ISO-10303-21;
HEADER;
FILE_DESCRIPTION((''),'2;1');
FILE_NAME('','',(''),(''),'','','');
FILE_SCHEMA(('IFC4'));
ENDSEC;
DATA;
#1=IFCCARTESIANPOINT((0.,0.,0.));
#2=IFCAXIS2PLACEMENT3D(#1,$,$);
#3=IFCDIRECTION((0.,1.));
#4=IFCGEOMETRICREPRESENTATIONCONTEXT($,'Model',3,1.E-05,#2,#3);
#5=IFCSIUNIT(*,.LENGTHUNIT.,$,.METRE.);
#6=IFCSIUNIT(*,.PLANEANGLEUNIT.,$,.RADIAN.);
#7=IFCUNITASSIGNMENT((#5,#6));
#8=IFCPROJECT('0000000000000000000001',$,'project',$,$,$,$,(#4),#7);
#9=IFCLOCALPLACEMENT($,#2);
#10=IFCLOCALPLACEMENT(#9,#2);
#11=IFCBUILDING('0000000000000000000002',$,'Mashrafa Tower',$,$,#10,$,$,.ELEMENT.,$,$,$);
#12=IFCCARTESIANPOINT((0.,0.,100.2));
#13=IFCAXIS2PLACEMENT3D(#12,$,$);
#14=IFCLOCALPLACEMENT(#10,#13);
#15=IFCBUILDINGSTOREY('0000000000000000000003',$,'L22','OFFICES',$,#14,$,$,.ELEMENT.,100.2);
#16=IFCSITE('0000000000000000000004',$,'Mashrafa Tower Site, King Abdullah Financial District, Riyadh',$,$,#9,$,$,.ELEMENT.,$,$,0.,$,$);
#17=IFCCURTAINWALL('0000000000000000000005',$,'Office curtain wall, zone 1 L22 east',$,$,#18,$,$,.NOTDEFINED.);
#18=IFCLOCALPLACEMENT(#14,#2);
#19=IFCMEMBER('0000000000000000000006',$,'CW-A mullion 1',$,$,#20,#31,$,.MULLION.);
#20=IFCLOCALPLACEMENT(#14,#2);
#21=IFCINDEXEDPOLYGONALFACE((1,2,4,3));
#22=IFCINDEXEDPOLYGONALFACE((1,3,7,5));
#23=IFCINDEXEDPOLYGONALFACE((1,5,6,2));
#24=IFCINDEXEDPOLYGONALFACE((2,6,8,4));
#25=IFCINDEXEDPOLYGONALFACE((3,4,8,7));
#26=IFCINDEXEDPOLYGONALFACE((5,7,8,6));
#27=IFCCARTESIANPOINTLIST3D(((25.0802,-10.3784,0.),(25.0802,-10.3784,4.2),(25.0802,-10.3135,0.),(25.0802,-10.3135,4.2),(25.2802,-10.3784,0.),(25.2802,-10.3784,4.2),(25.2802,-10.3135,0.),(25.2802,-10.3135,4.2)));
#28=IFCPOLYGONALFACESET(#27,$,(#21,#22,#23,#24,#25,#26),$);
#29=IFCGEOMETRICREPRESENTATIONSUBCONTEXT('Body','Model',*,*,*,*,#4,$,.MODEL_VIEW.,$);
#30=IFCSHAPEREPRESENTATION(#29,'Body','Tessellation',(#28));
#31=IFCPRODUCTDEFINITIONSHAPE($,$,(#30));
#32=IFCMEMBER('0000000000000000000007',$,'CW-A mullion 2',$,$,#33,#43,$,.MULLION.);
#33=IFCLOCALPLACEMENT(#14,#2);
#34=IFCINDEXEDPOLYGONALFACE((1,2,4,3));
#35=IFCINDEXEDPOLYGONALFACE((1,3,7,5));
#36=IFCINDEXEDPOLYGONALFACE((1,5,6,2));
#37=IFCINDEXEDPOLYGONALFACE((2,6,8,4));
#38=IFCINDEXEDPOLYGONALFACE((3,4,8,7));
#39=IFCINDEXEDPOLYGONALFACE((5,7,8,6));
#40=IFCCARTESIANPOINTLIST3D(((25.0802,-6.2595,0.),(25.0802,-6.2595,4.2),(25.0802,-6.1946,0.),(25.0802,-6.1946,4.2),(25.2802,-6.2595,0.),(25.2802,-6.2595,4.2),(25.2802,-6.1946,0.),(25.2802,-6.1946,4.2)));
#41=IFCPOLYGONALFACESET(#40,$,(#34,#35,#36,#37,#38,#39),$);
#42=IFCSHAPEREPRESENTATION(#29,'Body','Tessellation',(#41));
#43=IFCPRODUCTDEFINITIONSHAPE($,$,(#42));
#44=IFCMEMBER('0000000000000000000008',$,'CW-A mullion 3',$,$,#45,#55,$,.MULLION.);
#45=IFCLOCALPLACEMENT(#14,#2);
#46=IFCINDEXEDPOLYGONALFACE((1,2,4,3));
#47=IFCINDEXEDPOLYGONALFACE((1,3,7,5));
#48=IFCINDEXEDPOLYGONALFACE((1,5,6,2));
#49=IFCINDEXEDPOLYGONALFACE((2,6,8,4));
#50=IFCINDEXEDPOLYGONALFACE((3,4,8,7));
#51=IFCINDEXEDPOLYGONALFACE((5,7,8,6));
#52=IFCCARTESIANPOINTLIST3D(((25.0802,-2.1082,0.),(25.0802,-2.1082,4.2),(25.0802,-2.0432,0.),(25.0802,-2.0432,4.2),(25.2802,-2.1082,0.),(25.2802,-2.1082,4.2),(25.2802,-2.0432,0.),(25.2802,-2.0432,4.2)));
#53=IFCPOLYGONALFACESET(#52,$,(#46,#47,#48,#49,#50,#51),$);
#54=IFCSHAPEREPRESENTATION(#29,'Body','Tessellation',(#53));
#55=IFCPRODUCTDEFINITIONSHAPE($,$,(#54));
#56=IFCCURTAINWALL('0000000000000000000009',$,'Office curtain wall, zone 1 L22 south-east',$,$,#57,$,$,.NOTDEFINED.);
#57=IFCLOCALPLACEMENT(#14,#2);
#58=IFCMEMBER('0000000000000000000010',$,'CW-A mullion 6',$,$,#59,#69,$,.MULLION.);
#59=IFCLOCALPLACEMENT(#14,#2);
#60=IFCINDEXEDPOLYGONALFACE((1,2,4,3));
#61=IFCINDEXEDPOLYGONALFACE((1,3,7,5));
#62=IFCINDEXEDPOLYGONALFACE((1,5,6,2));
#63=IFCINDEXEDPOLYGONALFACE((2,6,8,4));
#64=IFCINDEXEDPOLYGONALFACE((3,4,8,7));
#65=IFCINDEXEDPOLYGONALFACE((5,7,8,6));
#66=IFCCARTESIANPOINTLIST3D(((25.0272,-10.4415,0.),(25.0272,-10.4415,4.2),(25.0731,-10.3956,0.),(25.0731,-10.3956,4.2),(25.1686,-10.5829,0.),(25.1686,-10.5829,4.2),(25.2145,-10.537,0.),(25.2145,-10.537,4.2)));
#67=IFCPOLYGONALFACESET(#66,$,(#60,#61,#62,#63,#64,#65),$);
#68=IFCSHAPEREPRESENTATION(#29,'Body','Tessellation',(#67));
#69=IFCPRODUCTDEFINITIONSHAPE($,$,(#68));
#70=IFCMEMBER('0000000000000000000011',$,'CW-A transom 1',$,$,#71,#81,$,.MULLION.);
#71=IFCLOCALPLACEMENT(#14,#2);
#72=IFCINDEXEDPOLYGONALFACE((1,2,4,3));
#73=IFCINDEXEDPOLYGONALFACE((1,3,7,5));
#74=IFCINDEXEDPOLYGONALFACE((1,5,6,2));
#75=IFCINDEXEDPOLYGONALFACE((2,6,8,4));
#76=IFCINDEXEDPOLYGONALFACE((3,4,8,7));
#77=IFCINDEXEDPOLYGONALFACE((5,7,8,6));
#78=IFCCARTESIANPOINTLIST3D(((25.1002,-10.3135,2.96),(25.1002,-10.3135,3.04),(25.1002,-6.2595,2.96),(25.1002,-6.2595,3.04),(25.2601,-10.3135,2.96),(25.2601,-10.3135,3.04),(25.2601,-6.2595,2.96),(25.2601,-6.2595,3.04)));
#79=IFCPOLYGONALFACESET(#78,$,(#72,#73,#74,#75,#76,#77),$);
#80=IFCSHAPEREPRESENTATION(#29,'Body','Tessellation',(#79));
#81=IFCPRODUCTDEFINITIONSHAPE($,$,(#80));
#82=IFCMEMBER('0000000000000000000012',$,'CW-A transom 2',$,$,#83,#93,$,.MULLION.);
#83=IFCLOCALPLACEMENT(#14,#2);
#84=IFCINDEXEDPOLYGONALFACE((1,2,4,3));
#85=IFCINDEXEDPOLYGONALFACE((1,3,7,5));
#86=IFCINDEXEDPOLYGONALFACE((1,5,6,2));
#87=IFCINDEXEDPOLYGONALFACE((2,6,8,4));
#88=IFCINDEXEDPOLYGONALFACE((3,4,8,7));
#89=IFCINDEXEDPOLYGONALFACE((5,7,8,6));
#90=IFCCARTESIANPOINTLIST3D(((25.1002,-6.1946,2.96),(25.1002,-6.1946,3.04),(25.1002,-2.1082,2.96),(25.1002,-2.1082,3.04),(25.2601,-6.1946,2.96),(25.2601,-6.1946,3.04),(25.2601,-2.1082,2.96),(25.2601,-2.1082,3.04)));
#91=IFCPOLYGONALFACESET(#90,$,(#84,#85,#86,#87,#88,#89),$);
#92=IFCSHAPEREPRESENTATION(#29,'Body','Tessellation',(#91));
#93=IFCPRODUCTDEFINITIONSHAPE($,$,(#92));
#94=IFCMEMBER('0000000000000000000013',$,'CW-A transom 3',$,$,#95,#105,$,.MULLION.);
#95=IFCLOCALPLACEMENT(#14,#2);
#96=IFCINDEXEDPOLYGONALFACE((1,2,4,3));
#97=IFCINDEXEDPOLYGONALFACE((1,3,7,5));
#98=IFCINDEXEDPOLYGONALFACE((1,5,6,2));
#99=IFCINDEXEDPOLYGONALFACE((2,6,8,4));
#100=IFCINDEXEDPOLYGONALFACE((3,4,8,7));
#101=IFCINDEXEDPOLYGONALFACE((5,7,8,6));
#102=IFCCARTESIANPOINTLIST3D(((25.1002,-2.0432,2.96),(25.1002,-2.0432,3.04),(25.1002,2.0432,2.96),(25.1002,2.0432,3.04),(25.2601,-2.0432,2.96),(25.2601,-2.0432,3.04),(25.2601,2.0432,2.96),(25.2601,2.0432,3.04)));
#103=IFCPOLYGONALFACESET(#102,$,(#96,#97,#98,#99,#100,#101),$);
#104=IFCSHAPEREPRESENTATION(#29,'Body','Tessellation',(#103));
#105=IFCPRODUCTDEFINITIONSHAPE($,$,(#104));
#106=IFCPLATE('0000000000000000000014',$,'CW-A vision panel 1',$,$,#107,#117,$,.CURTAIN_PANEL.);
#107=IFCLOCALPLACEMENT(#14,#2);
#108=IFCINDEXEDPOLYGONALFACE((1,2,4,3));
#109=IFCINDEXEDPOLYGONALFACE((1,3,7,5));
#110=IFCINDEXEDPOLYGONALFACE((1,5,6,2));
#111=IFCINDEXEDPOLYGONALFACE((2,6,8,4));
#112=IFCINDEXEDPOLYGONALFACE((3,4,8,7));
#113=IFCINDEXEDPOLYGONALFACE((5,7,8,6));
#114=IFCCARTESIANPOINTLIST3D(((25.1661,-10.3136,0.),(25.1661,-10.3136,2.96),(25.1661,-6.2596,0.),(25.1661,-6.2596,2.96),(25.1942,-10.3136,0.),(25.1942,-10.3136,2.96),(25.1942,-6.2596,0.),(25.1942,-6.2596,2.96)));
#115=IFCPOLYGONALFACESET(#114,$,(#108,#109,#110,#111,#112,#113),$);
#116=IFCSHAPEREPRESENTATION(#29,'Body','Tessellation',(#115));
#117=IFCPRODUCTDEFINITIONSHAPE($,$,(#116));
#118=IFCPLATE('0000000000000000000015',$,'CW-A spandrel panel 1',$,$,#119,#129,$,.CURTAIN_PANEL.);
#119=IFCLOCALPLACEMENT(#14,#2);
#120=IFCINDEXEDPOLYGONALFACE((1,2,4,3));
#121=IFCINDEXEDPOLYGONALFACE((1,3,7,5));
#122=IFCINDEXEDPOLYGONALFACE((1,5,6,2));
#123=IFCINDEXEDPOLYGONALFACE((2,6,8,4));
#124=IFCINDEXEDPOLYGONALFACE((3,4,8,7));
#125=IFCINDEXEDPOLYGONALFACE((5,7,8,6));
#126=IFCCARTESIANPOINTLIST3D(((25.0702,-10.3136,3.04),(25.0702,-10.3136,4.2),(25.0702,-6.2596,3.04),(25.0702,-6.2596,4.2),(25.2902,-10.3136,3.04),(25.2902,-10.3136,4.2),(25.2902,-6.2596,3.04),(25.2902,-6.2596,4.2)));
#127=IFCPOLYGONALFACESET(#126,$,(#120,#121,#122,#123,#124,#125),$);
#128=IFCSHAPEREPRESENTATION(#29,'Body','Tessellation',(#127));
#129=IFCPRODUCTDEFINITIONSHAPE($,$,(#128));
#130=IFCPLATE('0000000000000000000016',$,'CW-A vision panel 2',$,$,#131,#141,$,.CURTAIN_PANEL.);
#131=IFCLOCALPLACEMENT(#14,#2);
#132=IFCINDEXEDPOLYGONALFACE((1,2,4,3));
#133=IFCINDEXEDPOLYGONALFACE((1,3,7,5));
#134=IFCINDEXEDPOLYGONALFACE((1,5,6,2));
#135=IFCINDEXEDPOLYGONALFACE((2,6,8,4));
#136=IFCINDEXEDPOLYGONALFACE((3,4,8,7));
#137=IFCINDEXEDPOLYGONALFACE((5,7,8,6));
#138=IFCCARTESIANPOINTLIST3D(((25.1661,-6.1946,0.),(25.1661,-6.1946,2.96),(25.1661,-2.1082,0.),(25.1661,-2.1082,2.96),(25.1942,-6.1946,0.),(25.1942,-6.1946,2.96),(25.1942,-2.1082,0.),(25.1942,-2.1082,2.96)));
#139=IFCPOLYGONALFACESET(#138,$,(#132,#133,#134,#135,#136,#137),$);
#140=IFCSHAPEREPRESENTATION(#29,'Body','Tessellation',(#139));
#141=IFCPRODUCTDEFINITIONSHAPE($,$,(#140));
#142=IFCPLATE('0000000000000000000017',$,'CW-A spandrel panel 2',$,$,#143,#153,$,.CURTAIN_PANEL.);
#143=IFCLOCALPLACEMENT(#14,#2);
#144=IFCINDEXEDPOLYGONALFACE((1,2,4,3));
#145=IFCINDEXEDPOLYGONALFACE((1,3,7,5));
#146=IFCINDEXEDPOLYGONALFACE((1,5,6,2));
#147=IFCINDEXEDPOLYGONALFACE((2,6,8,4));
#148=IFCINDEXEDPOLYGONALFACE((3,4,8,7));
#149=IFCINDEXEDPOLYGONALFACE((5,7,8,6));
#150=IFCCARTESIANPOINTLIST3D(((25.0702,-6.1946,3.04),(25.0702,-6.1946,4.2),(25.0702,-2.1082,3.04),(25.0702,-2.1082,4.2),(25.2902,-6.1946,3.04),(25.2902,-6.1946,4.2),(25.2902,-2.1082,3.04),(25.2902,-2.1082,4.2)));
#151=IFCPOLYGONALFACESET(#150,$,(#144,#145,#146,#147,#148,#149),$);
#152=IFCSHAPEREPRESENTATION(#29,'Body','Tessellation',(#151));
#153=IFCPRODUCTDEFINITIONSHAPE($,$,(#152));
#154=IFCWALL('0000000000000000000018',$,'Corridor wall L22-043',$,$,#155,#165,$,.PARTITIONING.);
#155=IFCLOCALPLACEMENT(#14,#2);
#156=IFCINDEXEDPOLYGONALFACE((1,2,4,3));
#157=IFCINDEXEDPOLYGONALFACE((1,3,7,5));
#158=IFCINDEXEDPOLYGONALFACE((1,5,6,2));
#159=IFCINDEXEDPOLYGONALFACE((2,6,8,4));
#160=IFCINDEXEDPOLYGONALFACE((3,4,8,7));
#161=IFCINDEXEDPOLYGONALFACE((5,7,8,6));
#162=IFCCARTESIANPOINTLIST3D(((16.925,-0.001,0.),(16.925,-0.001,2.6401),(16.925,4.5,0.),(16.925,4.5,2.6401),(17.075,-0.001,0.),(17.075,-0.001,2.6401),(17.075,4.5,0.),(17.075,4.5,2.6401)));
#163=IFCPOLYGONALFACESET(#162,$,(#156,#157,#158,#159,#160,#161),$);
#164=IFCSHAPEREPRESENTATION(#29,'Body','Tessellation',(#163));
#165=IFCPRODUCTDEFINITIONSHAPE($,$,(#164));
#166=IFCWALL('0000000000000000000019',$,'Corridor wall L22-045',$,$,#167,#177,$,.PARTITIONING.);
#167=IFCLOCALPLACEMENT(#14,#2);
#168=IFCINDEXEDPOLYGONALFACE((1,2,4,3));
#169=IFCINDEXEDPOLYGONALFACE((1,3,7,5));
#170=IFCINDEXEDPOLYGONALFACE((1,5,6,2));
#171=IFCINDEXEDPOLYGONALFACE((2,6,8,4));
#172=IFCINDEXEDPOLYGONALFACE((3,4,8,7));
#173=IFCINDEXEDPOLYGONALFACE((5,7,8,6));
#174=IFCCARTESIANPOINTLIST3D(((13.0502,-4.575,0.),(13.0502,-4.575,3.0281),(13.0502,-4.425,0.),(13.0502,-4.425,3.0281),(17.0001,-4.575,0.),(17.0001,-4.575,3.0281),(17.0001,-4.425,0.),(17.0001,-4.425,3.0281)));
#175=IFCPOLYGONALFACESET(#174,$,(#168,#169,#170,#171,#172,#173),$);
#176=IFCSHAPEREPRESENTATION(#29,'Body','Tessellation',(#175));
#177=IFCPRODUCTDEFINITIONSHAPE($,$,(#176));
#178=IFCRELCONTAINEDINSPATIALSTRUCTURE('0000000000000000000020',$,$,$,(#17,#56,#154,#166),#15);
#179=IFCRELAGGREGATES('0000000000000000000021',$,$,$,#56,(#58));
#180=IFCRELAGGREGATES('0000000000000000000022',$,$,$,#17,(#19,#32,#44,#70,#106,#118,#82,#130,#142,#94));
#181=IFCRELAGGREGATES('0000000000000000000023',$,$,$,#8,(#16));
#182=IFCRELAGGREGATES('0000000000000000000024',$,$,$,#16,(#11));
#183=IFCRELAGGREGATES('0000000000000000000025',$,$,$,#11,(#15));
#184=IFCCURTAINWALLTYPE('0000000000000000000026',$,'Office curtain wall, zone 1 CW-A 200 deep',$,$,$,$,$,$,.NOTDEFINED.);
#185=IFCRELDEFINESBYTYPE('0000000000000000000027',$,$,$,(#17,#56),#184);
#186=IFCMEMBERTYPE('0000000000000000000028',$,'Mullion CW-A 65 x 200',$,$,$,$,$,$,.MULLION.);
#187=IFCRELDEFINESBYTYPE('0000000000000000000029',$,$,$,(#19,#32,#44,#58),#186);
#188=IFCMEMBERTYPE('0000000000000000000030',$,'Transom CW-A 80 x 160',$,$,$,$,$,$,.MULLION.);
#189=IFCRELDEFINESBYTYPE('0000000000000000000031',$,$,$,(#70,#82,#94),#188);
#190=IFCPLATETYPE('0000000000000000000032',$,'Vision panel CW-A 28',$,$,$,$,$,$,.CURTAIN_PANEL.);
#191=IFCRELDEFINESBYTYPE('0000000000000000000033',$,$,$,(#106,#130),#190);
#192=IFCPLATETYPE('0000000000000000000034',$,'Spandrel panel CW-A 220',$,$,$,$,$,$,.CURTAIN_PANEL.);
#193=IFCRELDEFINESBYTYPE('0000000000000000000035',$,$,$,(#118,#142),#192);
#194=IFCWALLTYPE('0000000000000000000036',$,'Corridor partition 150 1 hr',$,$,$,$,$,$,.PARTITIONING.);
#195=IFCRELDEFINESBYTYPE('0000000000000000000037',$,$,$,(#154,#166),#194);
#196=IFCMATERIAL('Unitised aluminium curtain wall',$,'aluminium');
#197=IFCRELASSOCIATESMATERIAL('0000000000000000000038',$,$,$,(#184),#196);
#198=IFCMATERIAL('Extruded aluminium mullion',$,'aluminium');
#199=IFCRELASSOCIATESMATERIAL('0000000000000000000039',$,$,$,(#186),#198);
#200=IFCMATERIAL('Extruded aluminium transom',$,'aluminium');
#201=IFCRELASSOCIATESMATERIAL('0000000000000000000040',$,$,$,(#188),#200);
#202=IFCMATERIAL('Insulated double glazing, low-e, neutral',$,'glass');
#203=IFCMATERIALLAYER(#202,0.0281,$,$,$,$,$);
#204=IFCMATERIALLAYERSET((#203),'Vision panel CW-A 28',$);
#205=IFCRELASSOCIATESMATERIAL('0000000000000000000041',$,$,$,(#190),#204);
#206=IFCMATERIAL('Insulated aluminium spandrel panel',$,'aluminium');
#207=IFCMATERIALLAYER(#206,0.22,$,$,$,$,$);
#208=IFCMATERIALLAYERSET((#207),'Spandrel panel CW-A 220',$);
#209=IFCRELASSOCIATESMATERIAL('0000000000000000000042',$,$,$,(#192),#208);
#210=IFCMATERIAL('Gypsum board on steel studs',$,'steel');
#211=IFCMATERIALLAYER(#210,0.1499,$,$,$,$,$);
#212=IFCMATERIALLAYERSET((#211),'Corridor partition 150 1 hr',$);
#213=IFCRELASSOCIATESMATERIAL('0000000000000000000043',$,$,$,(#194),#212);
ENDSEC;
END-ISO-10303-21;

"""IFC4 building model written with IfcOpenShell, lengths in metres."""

from ifc_helpers import new_model, si_unit, direction, frame, frame_2d, origin, origin_2d, place, context, subcontext, project, spatial, rectangle, extrude, source, transform, mapped, material, layer, layer_set, material_profile, profile_set, type_object, type_shapes, element, aggregate, save


model = new_model("IFC4")

# Units and contexts
model_context = context("Model", 3, precision=1e-05, world=origin(), true_north=direction((0.0, 1.0)))
body_context = subcontext(model_context, "Body", "Model", "MODEL_VIEW")
ifc_project = project(units=[si_unit("LENGTHUNIT", "METRE"), si_unit("PLANEANGLEUNIT", "RADIAN")], contexts=[model_context])

# Site, building, storey
site_placement = place(None, origin())
site = spatial("IfcSite", under=ifc_project, at=site_placement, Name="Mashrafa Tower Site, King Abdullah Financial District, Riyadh", CompositionType="ELEMENT", RefElevation=0.0)
building_placement = place(site_placement, origin())
building = spatial("IfcBuilding", under=site, at=building_placement, Name="Mashrafa Tower", CompositionType="ELEMENT")
storey_placement = place(building_placement, frame((0.0, 0.0, 100.2)))
storey = spatial("IfcBuildingStorey", under=building, at=storey_placement, Name="L22", Description="OFFICES", CompositionType="ELEMENT", Elevation=100.2)

# Curtain wall, members
ifc_material_1 = material(Name="Unitised aluminium curtain wall", Category="aluminium")
curtain_wall_type = type_object("IfcCurtainWallType", Name="Office curtain wall, zone 1 CW-A 200 deep", PredefinedType="NOTDEFINED", material=ifc_material_1)
curtain_wall_1_placement = place(storey_placement, origin())
curtain_wall_1 = element("IfcCurtainWall", 1, at=curtain_wall_1_placement, inside=storey, type_object=curtain_wall_type, Name="Office curtain wall, zone 1 L22 east", PredefinedType="NOTDEFINED")
ifc_material_2 = material(Name="Extruded aluminium mullion", Category="aluminium")
ifc_material_profile_1 = material_profile(ifc_material_2, rectangle(XDim=0.2, YDim=0.0649, at=origin_2d()), Name="Mullion 65x200")
ifc_profile_set_1 = profile_set([ifc_material_profile_1], Name="Extruded aluminium mullion")
member_type_1 = type_object("IfcMemberType", Name="Mullion CW-A 65 x 200", PredefinedType="MULLION", material=ifc_profile_set_1)
shared_shape_1 = source(origin(), body_context, "Body", "SweptSolid", [
    extrude(rectangle(XDim=0.2, YDim=0.0649, at=origin_2d()), origin(), (0.0, 0.0, 1.0), 4.2),
])
type_shapes(member_type_1, [shared_shape_1])
member_1_placement = place(storey_placement, frame((25.1802, -10.3459, 0.0), z_axis=(0.0, 0.0, 1.0), x_axis=(-1.0, 0.0, 0.0)))
member_1 = element("IfcMember", 2, at=member_1_placement, type_object=member_type_1, Name="CW-A mullion 1", PredefinedType="MULLION", context=body_context, shape_type="MappedRepresentation", body=[
    mapped(shared_shape_1, transform((0.0, 0.0, 0.0))),
])
member_2_placement = place(storey_placement, frame((25.1802, -6.2271, 0.0), z_axis=(0.0, 0.0, 1.0), x_axis=(-1.0, 0.0, 0.0)))
member_2 = element("IfcMember", 3, at=member_2_placement, type_object=member_type_1, Name="CW-A mullion 2", PredefinedType="MULLION", context=body_context, shape_type="MappedRepresentation", body=[
    mapped(shared_shape_1, transform((0.0, 0.0, 0.0))),
])
member_3_placement = place(storey_placement, frame((25.1802, -2.0757, 0.0), z_axis=(0.0, 0.0, 1.0), x_axis=(-1.0, 0.0, 0.0)))
member_3 = element("IfcMember", 4, at=member_3_placement, type_object=member_type_1, Name="CW-A mullion 3", PredefinedType="MULLION", context=body_context, shape_type="MappedRepresentation", body=[
    mapped(shared_shape_1, transform((0.0, 0.0, 0.0))),
])

# Curtain wall, member
curtain_wall_2_placement = place(storey_placement, origin())
curtain_wall_2 = element("IfcCurtainWall", 5, at=curtain_wall_2_placement, inside=storey, type_object=curtain_wall_type, Name="Office curtain wall, zone 1 L22 south-east", PredefinedType="NOTDEFINED")
member_4_placement = place(storey_placement, frame((25.1208, -10.4893, 0.0), z_axis=(0.0, 0.0, 1.0), x_axis=(-0.707107, 0.707107, 0.0)))
member_4 = element("IfcMember", 6, at=member_4_placement, type_object=member_type_1, Name="CW-A mullion 6", PredefinedType="MULLION", context=body_context, shape_type="MappedRepresentation", body=[
    mapped(shared_shape_1, transform((0.0, 0.0, 0.0))),
])
aggregate(curtain_wall_2, [member_4])

# Members
ifc_material_3 = material(Name="Extruded aluminium transom", Category="aluminium")
ifc_material_profile_2 = material_profile(ifc_material_3, rectangle(XDim=0.1599, YDim=0.0801, at=origin_2d()), Name="Transom 80x160")
ifc_profile_set_2 = profile_set([ifc_material_profile_2], Name="Extruded aluminium transom")
member_type_2 = type_object("IfcMemberType", Name="Transom CW-A 80 x 160", PredefinedType="MULLION", material=ifc_profile_set_2)
shared_shape_2 = source(origin(), body_context, "Body", "SweptSolid", [
    extrude(rectangle(XDim=0.1599, YDim=0.0801, at=origin_2d()), origin(), (0.0, 0.0, 1.0), 4.054),
])
member_5_placement = place(storey_placement, frame((25.1802, -10.3135, 3.0), z_axis=(0.0, 1.0, 0.0), x_axis=(-1.0, 0.0, 0.0)))
member_5 = element("IfcMember", 7, at=member_5_placement, type_object=member_type_2, Name="CW-A transom 1", PredefinedType="MULLION", context=body_context, shape_type="MappedRepresentation", body=[
    mapped(shared_shape_2, transform((0.0, 0.0, 0.0))),
])
shared_shape_3 = source(origin(), body_context, "Body", "SweptSolid", [
    extrude(rectangle(XDim=0.1599, YDim=0.0801, at=origin_2d()), origin(), (0.0, 0.0, 1.0), 4.0864),
])
type_shapes(member_type_2, [shared_shape_2, shared_shape_3])
member_6_placement = place(storey_placement, frame((25.1802, -6.1946, 3.0), z_axis=(0.0, 1.0, 0.0), x_axis=(-1.0, 0.0, 0.0)))
member_6 = element("IfcMember", 8, at=member_6_placement, type_object=member_type_2, Name="CW-A transom 2", PredefinedType="MULLION", context=body_context, shape_type="MappedRepresentation", body=[
    mapped(shared_shape_3, transform((0.0, 0.0, 0.0))),
])
member_7_placement = place(storey_placement, frame((25.1802, -2.0432, 3.0), z_axis=(0.0, 1.0, 0.0), x_axis=(-1.0, 0.0, 0.0)))
member_7 = element("IfcMember", 9, at=member_7_placement, type_object=member_type_2, Name="CW-A transom 3", PredefinedType="MULLION", context=body_context, shape_type="MappedRepresentation", body=[
    mapped(shared_shape_3, transform((0.0, 0.0, 0.0))),
])

# Plates
ifc_material_4 = material(Name="Insulated double glazing, low-e, neutral", Category="glass")
ifc_layer_1 = layer(ifc_material_4, 0.0281)
ifc_layer_set_1 = layer_set([ifc_layer_1], Name="Vision panel CW-A 28")
plate_type_1 = type_object("IfcPlateType", Name="Vision panel CW-A 28", PredefinedType="CURTAIN_PANEL", material=ifc_layer_set_1)
shared_shape_4 = source(origin(), body_context, "Body", "SweptSolid", [
    extrude(rectangle(XDim=4.054, YDim=0.0281, at=origin_2d()), origin(), (0.0, 0.0, 1.0), 2.96),
])
plate_1_placement = place(storey_placement, frame((25.1802, -8.2866, 0.0), z_axis=(0.0, 0.0, 1.0), x_axis=(0.0, 1.0, 0.0)))
plate_1 = element("IfcPlate", 10, at=plate_1_placement, type_object=plate_type_1, Name="CW-A vision panel 1", PredefinedType="CURTAIN_PANEL", context=body_context, shape_type="MappedRepresentation", body=[
    mapped(shared_shape_4, transform((0.0, 0.0, 0.0))),
])
ifc_material_5 = material(Name="Insulated aluminium spandrel panel", Category="aluminium")
ifc_layer_2 = layer(ifc_material_5, 0.22)
ifc_layer_set_2 = layer_set([ifc_layer_2], Name="Spandrel panel CW-A 220")
plate_type_2 = type_object("IfcPlateType", Name="Spandrel panel CW-A 220", PredefinedType="CURTAIN_PANEL", material=ifc_layer_set_2)
shared_shape_5 = source(origin(), body_context, "Body", "SweptSolid", [
    extrude(rectangle(XDim=4.054, YDim=0.22, at=origin_2d()), origin(), (0.0, 0.0, 1.0), 1.1599),
])
plate_2_placement = place(storey_placement, frame((25.1802, -8.2866, 3.04), z_axis=(0.0, 0.0, 1.0), x_axis=(0.0, 1.0, 0.0)))
plate_2 = element("IfcPlate", 11, at=plate_2_placement, type_object=plate_type_2, Name="CW-A spandrel panel 1", PredefinedType="CURTAIN_PANEL", context=body_context, shape_type="MappedRepresentation", body=[
    mapped(shared_shape_5, transform((0.0, 0.0, 0.0))),
])
shared_shape_6 = source(origin(), body_context, "Body", "SweptSolid", [
    extrude(rectangle(XDim=4.0864, YDim=0.0281, at=origin_2d()), origin(), (0.0, 0.0, 1.0), 2.96),
])
type_shapes(plate_type_1, [shared_shape_4, shared_shape_6])
plate_3_placement = place(storey_placement, frame((25.1802, -4.1514, 0.0), z_axis=(0.0, 0.0, 1.0), x_axis=(0.0, 1.0, 0.0)))
plate_3 = element("IfcPlate", 12, at=plate_3_placement, type_object=plate_type_1, Name="CW-A vision panel 2", PredefinedType="CURTAIN_PANEL", context=body_context, shape_type="MappedRepresentation", body=[
    mapped(shared_shape_6, transform((0.0, 0.0, 0.0))),
])
shared_shape_7 = source(origin(), body_context, "Body", "SweptSolid", [
    extrude(rectangle(XDim=4.0864, YDim=0.22, at=origin_2d()), origin(), (0.0, 0.0, 1.0), 1.1599),
])
type_shapes(plate_type_2, [shared_shape_5, shared_shape_7])
plate_4_placement = place(storey_placement, frame((25.1802, -4.1514, 3.04), z_axis=(0.0, 0.0, 1.0), x_axis=(0.0, 1.0, 0.0)))
plate_4 = element("IfcPlate", 13, at=plate_4_placement, type_object=plate_type_2, Name="CW-A spandrel panel 2", PredefinedType="CURTAIN_PANEL", context=body_context, shape_type="MappedRepresentation", body=[
    mapped(shared_shape_7, transform((0.0, 0.0, 0.0))),
])
aggregate(curtain_wall_1, [member_1, member_2, member_3, member_5, plate_1, plate_2, member_6, plate_3, plate_4, member_7])

# Shared definitions
ifc_material_6 = material(Name="Gypsum board on steel studs", Category="steel")
ifc_layer_3 = layer(ifc_material_6, 0.1499)
ifc_layer_set_3 = layer_set([ifc_layer_3], Name="Corridor partition 150 1 hr")
wall_type_1 = type_object("IfcWallType", Name="Corridor partition 150 1 hr", PredefinedType="PARTITIONING", material=ifc_layer_set_3)

# Walls
wall_1_placement = place(storey_placement, frame((17.0, -0.001, 0.0), z_axis=(0.0, 0.0, 1.0), x_axis=(0.0, 1.0, 0.0)))
element("IfcWall", 14, at=wall_1_placement, inside=storey, type_object=wall_type_1, Name="Corridor wall L22-043", PredefinedType="PARTITIONING", context=body_context, shape_type="SweptSolid", body=[
    extrude(rectangle(XDim=4.501, YDim=0.1499, at=frame_2d((2.2505, 0.0))), origin(), (0.0, 0.0, 1.0), 2.6401),
])
wall_2_placement = place(storey_placement, frame((13.05, -4.5, 0.0), z_axis=(0.0, 0.0, 1.0), x_axis=(1.0, 0.0, 0.0)))
element("IfcWall", 15, at=wall_2_placement, inside=storey, type_object=wall_type_1, Name="Corridor wall L22-045", PredefinedType="PARTITIONING", context=body_context, shape_type="SweptSolid", body=[
    extrude(rectangle(XDim=3.95, YDim=0.1499, at=frame_2d((1.9751, 0.0))), origin(), (0.0, 0.0, 1.0), 3.0281),
])

save(model, "model.ifc")
